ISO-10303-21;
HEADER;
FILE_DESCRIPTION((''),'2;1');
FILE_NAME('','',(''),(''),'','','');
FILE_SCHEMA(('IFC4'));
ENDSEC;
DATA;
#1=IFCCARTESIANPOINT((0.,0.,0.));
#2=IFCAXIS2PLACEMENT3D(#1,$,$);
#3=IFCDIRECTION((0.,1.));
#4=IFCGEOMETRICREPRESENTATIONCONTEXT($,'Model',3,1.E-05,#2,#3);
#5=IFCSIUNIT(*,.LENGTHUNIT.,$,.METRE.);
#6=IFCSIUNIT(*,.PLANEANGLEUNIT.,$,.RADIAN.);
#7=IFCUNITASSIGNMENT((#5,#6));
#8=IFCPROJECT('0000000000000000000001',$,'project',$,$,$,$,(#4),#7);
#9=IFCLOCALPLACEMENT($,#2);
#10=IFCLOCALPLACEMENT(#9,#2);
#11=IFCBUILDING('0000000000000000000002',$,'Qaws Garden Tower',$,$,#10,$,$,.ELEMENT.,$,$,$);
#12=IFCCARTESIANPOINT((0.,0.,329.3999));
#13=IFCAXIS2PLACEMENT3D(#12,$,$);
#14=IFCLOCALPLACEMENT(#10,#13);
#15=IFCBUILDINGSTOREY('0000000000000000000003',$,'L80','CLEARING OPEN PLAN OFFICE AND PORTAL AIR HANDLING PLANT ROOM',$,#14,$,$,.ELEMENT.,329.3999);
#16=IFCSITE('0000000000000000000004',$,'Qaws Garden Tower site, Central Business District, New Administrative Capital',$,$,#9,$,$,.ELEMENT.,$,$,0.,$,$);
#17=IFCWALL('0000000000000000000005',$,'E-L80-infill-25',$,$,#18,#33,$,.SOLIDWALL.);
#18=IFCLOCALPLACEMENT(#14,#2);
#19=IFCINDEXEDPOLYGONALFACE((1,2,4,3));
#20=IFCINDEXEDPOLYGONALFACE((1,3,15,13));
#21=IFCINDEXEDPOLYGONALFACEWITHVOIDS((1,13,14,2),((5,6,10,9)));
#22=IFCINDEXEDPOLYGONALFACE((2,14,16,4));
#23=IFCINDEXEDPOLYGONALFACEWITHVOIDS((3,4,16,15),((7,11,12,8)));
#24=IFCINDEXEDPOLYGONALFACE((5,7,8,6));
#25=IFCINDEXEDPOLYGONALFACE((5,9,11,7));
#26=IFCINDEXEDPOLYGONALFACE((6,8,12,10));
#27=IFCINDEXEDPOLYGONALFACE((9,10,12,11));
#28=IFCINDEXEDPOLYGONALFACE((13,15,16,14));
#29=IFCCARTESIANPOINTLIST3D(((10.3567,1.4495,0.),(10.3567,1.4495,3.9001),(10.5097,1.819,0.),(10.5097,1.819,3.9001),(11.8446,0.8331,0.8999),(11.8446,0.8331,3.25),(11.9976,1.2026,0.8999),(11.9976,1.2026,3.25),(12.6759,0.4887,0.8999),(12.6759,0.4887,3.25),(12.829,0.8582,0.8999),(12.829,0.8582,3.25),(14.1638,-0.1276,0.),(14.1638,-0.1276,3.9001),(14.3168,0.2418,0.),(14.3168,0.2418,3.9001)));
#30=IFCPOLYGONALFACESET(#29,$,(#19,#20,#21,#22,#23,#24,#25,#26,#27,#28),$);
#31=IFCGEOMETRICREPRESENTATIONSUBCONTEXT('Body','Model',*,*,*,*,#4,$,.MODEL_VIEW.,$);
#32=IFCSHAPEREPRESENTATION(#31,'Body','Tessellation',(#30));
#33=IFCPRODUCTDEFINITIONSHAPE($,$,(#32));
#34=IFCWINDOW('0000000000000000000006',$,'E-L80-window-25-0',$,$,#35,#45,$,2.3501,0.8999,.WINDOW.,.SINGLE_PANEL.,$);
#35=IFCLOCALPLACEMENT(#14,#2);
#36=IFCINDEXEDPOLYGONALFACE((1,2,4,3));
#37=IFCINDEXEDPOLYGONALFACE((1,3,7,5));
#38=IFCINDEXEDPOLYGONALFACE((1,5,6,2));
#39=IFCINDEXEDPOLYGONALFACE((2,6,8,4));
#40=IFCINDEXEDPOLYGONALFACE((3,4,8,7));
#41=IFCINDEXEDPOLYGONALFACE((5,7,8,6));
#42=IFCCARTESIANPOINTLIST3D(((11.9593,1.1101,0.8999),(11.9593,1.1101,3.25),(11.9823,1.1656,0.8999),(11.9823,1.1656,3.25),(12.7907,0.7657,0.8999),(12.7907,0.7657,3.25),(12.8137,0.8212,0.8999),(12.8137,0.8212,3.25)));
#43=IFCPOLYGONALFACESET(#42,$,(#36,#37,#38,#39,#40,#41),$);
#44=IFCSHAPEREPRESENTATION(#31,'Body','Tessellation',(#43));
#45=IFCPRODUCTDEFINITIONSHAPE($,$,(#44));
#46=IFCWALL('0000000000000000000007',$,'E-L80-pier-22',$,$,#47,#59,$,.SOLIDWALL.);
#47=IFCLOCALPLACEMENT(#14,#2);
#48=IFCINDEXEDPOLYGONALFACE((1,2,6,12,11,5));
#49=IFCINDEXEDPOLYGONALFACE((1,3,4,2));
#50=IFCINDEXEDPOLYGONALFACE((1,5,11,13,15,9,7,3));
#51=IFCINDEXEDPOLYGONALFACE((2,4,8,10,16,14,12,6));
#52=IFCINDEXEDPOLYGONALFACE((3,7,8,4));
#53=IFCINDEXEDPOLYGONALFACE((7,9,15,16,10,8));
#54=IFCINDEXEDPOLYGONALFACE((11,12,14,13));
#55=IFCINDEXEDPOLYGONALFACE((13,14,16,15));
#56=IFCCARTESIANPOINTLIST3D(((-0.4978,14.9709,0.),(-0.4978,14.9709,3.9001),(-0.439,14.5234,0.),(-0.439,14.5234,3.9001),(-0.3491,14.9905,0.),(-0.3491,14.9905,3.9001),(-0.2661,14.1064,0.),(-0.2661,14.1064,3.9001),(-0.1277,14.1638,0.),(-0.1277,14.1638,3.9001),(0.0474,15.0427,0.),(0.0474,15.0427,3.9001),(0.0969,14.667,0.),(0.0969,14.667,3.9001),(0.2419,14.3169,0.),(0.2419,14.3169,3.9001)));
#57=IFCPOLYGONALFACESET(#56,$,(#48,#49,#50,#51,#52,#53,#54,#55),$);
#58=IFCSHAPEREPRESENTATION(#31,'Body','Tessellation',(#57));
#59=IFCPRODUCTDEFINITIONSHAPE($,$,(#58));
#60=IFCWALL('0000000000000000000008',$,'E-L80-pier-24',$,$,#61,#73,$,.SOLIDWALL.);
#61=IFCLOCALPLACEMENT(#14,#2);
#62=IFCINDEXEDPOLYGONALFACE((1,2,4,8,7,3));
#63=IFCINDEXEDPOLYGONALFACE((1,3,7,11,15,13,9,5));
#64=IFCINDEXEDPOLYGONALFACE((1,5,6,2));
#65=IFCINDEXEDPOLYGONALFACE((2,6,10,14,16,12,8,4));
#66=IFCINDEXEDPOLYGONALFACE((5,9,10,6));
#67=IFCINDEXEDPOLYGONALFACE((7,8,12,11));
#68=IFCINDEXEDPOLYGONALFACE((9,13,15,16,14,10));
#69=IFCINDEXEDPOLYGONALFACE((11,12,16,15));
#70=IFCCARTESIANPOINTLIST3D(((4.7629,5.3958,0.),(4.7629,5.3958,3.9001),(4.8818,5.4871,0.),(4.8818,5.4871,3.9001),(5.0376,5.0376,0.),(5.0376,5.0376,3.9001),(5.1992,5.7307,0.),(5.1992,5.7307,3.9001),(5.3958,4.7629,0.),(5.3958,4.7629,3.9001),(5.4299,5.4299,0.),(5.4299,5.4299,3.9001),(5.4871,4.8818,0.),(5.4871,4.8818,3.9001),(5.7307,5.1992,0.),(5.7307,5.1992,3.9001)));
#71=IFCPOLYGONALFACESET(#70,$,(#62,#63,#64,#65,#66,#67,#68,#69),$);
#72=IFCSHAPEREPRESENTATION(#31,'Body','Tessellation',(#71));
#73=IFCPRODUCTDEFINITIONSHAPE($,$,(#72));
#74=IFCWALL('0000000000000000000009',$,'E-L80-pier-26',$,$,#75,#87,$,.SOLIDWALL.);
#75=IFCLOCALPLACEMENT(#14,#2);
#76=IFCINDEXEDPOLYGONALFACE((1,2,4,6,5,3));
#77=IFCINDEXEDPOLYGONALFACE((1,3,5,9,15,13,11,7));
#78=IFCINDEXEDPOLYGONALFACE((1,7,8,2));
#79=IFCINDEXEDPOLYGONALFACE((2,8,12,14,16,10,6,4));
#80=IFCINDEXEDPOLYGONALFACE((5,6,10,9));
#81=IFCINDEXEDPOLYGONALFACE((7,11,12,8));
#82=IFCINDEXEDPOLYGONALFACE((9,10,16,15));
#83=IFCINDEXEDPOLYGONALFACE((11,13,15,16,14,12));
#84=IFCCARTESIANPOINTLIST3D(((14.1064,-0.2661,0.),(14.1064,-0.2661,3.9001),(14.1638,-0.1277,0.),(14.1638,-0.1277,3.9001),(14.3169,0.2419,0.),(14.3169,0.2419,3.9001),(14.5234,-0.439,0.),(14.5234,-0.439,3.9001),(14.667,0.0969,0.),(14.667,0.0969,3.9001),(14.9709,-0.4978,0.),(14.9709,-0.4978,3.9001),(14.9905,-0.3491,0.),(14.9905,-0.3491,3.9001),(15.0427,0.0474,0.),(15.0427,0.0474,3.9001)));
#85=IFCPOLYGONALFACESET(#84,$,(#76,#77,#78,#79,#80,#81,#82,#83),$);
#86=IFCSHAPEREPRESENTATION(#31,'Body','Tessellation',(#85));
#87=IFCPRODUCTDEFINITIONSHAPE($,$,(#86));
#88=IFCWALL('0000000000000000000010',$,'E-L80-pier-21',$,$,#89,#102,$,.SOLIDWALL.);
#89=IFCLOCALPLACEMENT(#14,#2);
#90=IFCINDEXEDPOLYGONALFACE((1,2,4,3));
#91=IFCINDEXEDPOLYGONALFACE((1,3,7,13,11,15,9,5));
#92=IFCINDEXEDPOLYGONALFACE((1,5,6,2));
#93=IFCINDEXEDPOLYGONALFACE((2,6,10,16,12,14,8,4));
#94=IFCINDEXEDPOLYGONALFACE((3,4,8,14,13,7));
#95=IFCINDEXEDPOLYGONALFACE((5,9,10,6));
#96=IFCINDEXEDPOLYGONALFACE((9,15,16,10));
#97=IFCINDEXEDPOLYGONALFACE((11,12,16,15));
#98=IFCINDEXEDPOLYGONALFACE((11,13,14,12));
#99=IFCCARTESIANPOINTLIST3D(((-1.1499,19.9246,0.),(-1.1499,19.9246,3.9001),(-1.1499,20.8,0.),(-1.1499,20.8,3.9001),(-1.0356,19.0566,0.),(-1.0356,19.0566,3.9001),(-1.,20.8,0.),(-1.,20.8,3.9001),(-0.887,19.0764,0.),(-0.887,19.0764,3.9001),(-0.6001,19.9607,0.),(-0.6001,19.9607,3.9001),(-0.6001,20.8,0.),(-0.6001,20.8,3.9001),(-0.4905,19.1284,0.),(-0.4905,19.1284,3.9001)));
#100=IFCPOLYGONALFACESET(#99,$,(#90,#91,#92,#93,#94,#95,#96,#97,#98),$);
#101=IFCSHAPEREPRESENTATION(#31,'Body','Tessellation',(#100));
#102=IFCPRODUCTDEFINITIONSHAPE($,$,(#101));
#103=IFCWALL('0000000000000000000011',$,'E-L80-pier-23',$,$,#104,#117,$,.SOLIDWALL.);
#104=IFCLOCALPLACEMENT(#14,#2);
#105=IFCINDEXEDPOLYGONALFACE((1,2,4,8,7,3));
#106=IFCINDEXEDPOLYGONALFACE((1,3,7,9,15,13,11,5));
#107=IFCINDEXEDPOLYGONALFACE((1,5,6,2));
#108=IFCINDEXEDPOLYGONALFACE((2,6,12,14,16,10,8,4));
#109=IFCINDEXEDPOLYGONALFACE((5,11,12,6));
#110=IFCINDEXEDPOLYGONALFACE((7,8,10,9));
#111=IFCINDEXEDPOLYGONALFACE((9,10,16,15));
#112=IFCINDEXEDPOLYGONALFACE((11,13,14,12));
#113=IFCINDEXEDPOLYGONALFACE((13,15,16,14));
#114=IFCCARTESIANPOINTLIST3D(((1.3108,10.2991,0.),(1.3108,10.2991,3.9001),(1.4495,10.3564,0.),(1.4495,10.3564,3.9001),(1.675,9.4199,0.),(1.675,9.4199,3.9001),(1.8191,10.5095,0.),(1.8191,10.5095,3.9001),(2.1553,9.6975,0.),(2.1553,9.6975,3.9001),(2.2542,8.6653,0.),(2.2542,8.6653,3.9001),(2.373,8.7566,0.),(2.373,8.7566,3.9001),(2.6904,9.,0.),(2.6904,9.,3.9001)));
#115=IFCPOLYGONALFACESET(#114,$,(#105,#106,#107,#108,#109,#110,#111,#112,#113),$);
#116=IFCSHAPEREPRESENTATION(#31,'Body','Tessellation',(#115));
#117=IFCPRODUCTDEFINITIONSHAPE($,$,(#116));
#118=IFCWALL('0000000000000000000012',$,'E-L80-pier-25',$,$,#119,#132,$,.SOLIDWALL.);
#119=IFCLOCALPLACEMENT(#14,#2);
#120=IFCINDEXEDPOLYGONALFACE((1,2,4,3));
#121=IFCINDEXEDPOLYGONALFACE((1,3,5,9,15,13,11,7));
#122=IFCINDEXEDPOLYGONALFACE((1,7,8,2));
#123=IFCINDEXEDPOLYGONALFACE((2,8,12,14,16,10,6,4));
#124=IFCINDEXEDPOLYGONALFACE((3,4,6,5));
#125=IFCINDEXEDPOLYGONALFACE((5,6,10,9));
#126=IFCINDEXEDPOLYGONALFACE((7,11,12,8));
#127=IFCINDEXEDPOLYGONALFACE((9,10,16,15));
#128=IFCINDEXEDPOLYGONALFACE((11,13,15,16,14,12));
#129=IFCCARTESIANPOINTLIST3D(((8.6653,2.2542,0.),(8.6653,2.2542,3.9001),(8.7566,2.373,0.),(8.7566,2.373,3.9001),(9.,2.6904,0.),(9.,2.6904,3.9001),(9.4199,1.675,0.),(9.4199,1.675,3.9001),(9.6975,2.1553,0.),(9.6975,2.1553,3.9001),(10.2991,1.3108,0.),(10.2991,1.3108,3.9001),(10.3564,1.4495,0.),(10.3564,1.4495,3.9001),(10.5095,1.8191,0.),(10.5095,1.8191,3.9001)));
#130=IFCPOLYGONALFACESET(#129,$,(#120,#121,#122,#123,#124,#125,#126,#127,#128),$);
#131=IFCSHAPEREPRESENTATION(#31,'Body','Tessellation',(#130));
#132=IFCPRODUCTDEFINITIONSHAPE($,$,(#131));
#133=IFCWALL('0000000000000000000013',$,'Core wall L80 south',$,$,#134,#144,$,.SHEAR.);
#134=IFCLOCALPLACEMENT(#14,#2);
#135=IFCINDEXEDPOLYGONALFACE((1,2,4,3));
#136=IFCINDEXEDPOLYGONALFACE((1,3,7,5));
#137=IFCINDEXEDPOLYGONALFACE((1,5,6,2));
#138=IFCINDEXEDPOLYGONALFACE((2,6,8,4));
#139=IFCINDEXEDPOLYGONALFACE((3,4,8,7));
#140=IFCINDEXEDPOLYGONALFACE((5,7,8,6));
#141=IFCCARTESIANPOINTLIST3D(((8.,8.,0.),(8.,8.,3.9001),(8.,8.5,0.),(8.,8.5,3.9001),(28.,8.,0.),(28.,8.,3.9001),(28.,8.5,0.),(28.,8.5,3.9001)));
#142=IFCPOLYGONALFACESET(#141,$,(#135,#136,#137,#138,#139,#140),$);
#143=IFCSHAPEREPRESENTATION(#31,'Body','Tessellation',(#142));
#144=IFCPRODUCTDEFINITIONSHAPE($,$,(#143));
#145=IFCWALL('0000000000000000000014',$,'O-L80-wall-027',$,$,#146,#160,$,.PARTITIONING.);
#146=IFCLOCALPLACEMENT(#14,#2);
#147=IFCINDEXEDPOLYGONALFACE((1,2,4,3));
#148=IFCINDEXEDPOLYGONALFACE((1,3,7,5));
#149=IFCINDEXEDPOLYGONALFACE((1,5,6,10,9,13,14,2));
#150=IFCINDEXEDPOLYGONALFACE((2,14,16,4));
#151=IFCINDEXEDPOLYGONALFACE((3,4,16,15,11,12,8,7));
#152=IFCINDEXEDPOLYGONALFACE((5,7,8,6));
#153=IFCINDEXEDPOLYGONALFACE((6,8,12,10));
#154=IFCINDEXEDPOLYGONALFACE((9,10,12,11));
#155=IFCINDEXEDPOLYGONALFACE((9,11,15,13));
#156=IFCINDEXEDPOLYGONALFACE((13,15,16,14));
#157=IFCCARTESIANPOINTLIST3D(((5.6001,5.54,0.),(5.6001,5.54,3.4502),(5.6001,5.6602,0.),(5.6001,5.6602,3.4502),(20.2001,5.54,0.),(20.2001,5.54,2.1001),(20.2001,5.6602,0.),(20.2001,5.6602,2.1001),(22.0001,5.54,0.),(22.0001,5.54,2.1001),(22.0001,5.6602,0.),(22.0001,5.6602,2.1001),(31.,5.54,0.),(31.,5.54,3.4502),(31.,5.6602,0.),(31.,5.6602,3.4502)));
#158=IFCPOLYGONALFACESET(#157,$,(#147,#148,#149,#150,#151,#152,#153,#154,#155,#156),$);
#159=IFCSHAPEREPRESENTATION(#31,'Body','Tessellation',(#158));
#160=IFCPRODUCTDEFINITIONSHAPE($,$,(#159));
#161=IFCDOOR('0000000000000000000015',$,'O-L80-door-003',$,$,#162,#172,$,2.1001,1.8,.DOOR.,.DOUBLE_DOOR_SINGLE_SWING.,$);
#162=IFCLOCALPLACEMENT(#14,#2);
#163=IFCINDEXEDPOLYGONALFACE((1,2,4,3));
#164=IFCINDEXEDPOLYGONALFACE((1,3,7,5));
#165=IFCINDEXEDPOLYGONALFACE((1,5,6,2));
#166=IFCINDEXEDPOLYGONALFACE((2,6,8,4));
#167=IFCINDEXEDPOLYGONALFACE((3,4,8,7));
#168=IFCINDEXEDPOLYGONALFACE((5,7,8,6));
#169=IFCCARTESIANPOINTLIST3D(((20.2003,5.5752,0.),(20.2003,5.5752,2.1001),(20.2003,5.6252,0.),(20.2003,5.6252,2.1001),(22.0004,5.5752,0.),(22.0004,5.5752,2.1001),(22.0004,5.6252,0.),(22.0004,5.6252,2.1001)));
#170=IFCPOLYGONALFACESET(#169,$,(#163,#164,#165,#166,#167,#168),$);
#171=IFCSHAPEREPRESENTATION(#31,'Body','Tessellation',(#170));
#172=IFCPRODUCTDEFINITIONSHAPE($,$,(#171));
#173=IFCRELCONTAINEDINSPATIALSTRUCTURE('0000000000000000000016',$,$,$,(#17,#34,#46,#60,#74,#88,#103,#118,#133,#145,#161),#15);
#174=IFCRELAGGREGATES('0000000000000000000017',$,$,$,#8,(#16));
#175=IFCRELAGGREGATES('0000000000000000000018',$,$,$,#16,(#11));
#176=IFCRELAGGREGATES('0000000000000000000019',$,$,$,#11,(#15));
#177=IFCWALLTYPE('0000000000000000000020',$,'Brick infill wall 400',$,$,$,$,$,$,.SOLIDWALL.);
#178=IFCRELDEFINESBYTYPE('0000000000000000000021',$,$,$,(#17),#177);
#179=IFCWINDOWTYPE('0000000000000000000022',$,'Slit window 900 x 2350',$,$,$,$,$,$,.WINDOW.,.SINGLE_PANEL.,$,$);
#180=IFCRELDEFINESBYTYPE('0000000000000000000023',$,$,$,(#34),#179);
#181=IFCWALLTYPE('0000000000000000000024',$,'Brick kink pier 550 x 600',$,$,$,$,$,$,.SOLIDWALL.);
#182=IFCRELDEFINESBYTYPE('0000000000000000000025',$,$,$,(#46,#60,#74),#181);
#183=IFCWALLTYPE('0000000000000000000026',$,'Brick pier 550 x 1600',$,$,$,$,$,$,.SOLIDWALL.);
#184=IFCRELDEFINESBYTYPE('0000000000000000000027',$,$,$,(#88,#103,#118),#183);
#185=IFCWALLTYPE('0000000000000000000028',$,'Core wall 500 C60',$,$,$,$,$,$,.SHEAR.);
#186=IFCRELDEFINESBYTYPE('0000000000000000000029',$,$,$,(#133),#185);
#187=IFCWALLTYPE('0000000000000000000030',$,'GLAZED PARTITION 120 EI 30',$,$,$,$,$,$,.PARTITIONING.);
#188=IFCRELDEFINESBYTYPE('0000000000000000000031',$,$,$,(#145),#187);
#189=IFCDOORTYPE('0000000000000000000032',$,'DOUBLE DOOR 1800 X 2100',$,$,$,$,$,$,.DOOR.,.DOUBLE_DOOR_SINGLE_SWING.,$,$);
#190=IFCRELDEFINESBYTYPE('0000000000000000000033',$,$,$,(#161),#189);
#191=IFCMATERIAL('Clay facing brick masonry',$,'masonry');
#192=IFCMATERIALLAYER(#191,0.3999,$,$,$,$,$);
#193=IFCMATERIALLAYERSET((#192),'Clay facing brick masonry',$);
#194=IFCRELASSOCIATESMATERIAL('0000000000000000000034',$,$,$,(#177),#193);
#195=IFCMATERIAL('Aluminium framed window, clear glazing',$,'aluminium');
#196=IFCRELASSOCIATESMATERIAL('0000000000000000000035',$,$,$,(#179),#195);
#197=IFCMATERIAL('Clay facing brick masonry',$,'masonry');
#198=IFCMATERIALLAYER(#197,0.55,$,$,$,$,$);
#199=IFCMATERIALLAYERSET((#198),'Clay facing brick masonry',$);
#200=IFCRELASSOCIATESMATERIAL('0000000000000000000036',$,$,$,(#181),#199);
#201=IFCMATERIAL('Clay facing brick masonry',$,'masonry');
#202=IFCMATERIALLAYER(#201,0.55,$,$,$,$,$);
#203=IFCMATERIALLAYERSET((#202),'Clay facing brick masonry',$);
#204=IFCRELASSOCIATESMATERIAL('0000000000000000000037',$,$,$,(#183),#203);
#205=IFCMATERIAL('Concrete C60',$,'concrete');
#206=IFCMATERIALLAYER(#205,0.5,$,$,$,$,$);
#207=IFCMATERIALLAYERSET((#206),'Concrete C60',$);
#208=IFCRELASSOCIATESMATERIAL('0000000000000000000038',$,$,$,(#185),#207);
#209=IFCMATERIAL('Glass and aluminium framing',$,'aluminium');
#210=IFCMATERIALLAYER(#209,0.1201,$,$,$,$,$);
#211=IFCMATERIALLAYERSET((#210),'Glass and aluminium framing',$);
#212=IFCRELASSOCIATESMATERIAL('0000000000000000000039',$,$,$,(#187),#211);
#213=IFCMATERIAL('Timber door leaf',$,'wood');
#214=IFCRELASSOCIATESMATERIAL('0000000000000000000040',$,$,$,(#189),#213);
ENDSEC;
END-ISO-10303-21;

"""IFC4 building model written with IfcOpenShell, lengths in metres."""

from ifc_helpers import new_model, si_unit, direction, frame, frame_2d, origin, place, context, subcontext, project, spatial, polyline, rectangle, outline, extrude, material, layer, layer_set, type_object, element, fill, save


model = new_model("IFC4")

# Units and contexts
model_context = context("Model", 3, precision=1e-05, world=origin(), true_north=direction((0.0, 1.0)))
body_context = subcontext(model_context, "Body", "Model", "MODEL_VIEW")
ifc_project = project(units=[si_unit("LENGTHUNIT", "METRE"), si_unit("PLANEANGLEUNIT", "RADIAN")], contexts=[model_context])

# Site, building, storey
site_placement = place(None, origin())
site = spatial("IfcSite", under=ifc_project, at=site_placement, Name="Qaws Garden Tower site, Central Business District, New Administrative Capital", CompositionType="ELEMENT", RefElevation=0.0)
building_placement = place(site_placement, origin())
building = spatial("IfcBuilding", under=site, at=building_placement, Name="Qaws Garden Tower", CompositionType="ELEMENT")
storey_placement = place(building_placement, frame((0.0, 0.0, 329.3999)))
storey = spatial("IfcBuildingStorey", under=building, at=storey_placement, Name="L80", Description="CLEARING OPEN PLAN OFFICE AND PORTAL AIR HANDLING PLANT ROOM", CompositionType="ELEMENT", Elevation=329.3999)

# Shared definitions
placement_1 = place(storey_placement, origin())

# Wall, opening, window
ifc_material_1 = material(Name="Clay facing brick masonry", Category="masonry")
ifc_layer_1 = layer(ifc_material_1, 0.3999)
ifc_layer_set_1 = layer_set([ifc_layer_1], Name="Clay facing brick masonry")
wall_type_1 = type_object("IfcWallType", Name="Brick infill wall 400", PredefinedType="SOLIDWALL", material=ifc_layer_set_1)
ifc_material_2 = material(Name="Aluminium framed window, clear glazing", Category="aluminium")
window_type = type_object("IfcWindowType", Name="Slit window 900 x 2350", PartitioningType="SINGLE_PANEL", PredefinedType="WINDOW", material=ifc_material_2)
wall_1_placement = place(storey_placement, frame((10.4331, 1.6343, 0.0), z_axis=(0.0, 0.0, 1.0), x_axis=(0.923864, -0.382722, 0.0)))
wall_1 = element("IfcWall", 1, at=wall_1_placement, inside=storey, type_object=wall_type_1, Name="E-L80-infill-25", PredefinedType="SOLIDWALL", context=body_context, shape_type="SweptSolid", body=[
    extrude(rectangle(XDim=4.1208, YDim=0.3999, at=frame_2d((2.0605, 0.0))), origin(), (0.0, 0.0, 1.0), 3.9001),
])
opening_1_placement = place(wall_1_placement, frame((1.6106, 0.0, 0.8999)))
opening_1 = element("IfcOpeningElement", 2, at=opening_1_placement, cuts=wall_1, PredefinedType="OPENING", context=body_context, shape_type="SweptSolid", body=[
    extrude(rectangle(XDim=0.8999, YDim=2.3501, at=frame_2d((0.45, 1.175))), frame((0.0, 0.21, 0.0), z_axis=(0.0, -1.0, 0.0), x_axis=(1.0, 0.0, 0.0)), (0.0, 0.0, 1.0), 0.4199),
])
window_1_placement = place(opening_1_placement, origin())
window_1 = element("IfcWindow", 3, at=window_1_placement, inside=storey, type_object=window_type, Name="E-L80-window-25-0", OverallHeight=2.3501, OverallWidth=0.8999, PartitioningType="SINGLE_PANEL", PredefinedType="WINDOW", context=body_context, shape_type="SweptSolid", body=[
    extrude(rectangle(XDim=0.8999, YDim=2.3501, at=frame_2d((0.45, 1.175))), frame((0.0, 0.1599, 0.0), z_axis=(0.0, -1.0, 0.0), x_axis=(1.0, 0.0, 0.0)), (0.0, 0.0, 1.0), 0.0601),
])
fill(opening_1, window_1)

# Walls
ifc_material_3 = material(Name="Clay facing brick masonry", Category="masonry")
ifc_layer_2 = layer(ifc_material_3, 0.55)
ifc_layer_set_2 = layer_set([ifc_layer_2], Name="Clay facing brick masonry")
wall_type_2 = type_object("IfcWallType", Name="Brick kink pier 550 x 600", PredefinedType="SOLIDWALL", material=ifc_layer_set_2)
element("IfcWall", 4, at=placement_1, inside=storey, type_object=wall_type_2, Name="E-L80-pier-22", PredefinedType="SOLIDWALL", context=body_context, shape_type="SweptSolid", body=[
    extrude(outline(polyline([(-0.3491, 14.9905), (-0.4978, 14.9709), (-0.439, 14.5234), (-0.2661, 14.1064), (-0.1277, 14.1638), (0.2419, 14.3169), (0.0969, 14.667), (0.0474, 15.0427), (-0.3491, 14.9905)])), origin(), (0.0, 0.0, 1.0), 3.9001),
])
element("IfcWall", 5, at=placement_1, inside=storey, type_object=wall_type_2, Name="E-L80-pier-24", PredefinedType="SOLIDWALL", context=body_context, shape_type="SweptSolid", body=[
    extrude(outline(polyline([(4.8818, 5.4871), (4.7629, 5.3958), (5.0376, 5.0376), (5.3958, 4.7629), (5.4871, 4.8818), (5.7307, 5.1992), (5.4299, 5.4299), (5.1992, 5.7307), (4.8818, 5.4871)])), origin(), (0.0, 0.0, 1.0), 3.9001),
])
element("IfcWall", 6, at=placement_1, inside=storey, type_object=wall_type_2, Name="E-L80-pier-26", PredefinedType="SOLIDWALL", context=body_context, shape_type="SweptSolid", body=[
    extrude(outline(polyline([(14.1638, -0.1277), (14.1064, -0.2661), (14.5234, -0.439), (14.9709, -0.4978), (14.9905, -0.3491), (15.0427, 0.0474), (14.667, 0.0969), (14.3169, 0.2419), (14.1638, -0.1277)])), origin(), (0.0, 0.0, 1.0), 3.9001),
])
ifc_material_4 = material(Name="Clay facing brick masonry", Category="masonry")
ifc_layer_3 = layer(ifc_material_4, 0.55)
ifc_layer_set_3 = layer_set([ifc_layer_3], Name="Clay facing brick masonry")
wall_type_3 = type_object("IfcWallType", Name="Brick pier 550 x 1600", PredefinedType="SOLIDWALL", material=ifc_layer_set_3)
element("IfcWall", 7, at=placement_1, inside=storey, type_object=wall_type_3, Name="E-L80-pier-21", PredefinedType="SOLIDWALL", context=body_context, shape_type="SweptSolid", body=[
    extrude(outline(polyline([(-1.0, 20.8), (-1.1499, 20.8), (-1.1499, 19.9246), (-1.0356, 19.0566), (-0.887, 19.0764), (-0.4905, 19.1284), (-0.6001, 19.9607), (-0.6001, 20.8), (-1.0, 20.8)])), origin(), (0.0, 0.0, 1.0), 3.9001),
])
element("IfcWall", 8, at=placement_1, inside=storey, type_object=wall_type_3, Name="E-L80-pier-23", PredefinedType="SOLIDWALL", context=body_context, shape_type="SweptSolid", body=[
    extrude(outline(polyline([(1.4495, 10.3564), (1.3108, 10.2991), (1.675, 9.4199), (2.2542, 8.6653), (2.373, 8.7566), (2.6904, 9.0), (2.1553, 9.6975), (1.8191, 10.5095), (1.4495, 10.3564)])), origin(), (0.0, 0.0, 1.0), 3.9001),
])
element("IfcWall", 9, at=placement_1, inside=storey, type_object=wall_type_3, Name="E-L80-pier-25", PredefinedType="SOLIDWALL", context=body_context, shape_type="SweptSolid", body=[
    extrude(outline(polyline([(8.7566, 2.373), (8.6653, 2.2542), (9.4199, 1.675), (10.2991, 1.3108), (10.3564, 1.4495), (10.5095, 1.8191), (9.6975, 2.1553), (9.0, 2.6904), (8.7566, 2.373)])), origin(), (0.0, 0.0, 1.0), 3.9001),
])
ifc_material_5 = material(Name="Concrete C60", Category="concrete")
ifc_layer_4 = layer(ifc_material_5, 0.5)
ifc_layer_set_4 = layer_set([ifc_layer_4], Name="Concrete C60")
wall_type_4 = type_object("IfcWallType", Name="Core wall 500 C60", PredefinedType="SHEAR", material=ifc_layer_set_4)
wall_2_placement = place(storey_placement, frame((8.0, 8.25, 0.0), z_axis=(0.0, 0.0, 1.0), x_axis=(1.0, 0.0, 0.0)))
element("IfcWall", 10, at=wall_2_placement, inside=storey, type_object=wall_type_4, Name="Core wall L80 south", PredefinedType="SHEAR", context=body_context, shape_type="SweptSolid", body=[
    extrude(rectangle(XDim=20.0, YDim=0.5, at=frame_2d((10.0, 0.0))), origin(), (0.0, 0.0, 1.0), 3.9001),
])

# Wall, opening, door
ifc_material_6 = material(Name="Glass and aluminium framing", Category="aluminium")
ifc_layer_5 = layer(ifc_material_6, 0.1201)
ifc_layer_set_5 = layer_set([ifc_layer_5], Name="Glass and aluminium framing")
wall_type_5 = type_object("IfcWallType", Name="GLAZED PARTITION 120 EI 30", PredefinedType="PARTITIONING", material=ifc_layer_set_5)
wall_3_placement = place(storey_placement, frame((5.6001, 5.6001, 0.0), z_axis=(0.0, 0.0, 1.0), x_axis=(1.0, 0.0, 0.0)))
wall_3 = element("IfcWall", 11, at=wall_3_placement, inside=storey, type_object=wall_type_5, Name="O-L80-wall-027", PredefinedType="PARTITIONING", context=body_context, shape_type="SweptSolid", body=[
    extrude(rectangle(XDim=25.3999, YDim=0.1201, at=frame_2d((12.7, 0.0))), origin(), (0.0, 0.0, 1.0), 3.4502),
])
opening_2_placement = place(wall_3_placement, frame((14.6001, 0.0, 0.0)))
opening_2 = element("IfcOpeningElement", 12, at=opening_2_placement, cuts=wall_3, PredefinedType="OPENING", context=body_context, shape_type="SweptSolid", body=[
    extrude(rectangle(XDim=1.8, YDim=2.1001, at=frame_2d((0.8999, 1.05))), frame((0.0, 0.0701, 0.0), z_axis=(0.0, -1.0, 0.0), x_axis=(1.0, 0.0, 0.0)), (0.0, 0.0, 1.0), 0.1401),
])
ifc_material_7 = material(Name="Timber door leaf", Category="wood")
door_type_1 = type_object("IfcDoorType", Name="DOUBLE DOOR 1800 X 2100", OperationType="DOUBLE_DOOR_SINGLE_SWING", PredefinedType="DOOR", material=ifc_material_7)
door_1_placement = place(opening_2_placement, frame((1.8, 0.0, 0.0), z_axis=(0.0, 0.0, 1.0), x_axis=(-1.0, 0.0, 0.0)))
door_1 = element("IfcDoor", 13, at=door_1_placement, inside=storey, type_object=door_type_1, Name="O-L80-door-003", OperationType="DOUBLE_DOOR_SINGLE_SWING", OverallHeight=2.1001, OverallWidth=1.8, PredefinedType="DOOR", context=body_context, shape_type="SweptSolid", body=[
    extrude(rectangle(XDim=1.8, YDim=2.1001, at=frame_2d((0.8999, 1.05))), frame((0.0, 0.0249, 0.0), z_axis=(0.0, -1.0, 0.0), x_axis=(1.0, 0.0, 0.0)), (0.0, 0.0, 1.0), 0.05),
])
fill(opening_2, door_1)

save(model, "model.ifc")
